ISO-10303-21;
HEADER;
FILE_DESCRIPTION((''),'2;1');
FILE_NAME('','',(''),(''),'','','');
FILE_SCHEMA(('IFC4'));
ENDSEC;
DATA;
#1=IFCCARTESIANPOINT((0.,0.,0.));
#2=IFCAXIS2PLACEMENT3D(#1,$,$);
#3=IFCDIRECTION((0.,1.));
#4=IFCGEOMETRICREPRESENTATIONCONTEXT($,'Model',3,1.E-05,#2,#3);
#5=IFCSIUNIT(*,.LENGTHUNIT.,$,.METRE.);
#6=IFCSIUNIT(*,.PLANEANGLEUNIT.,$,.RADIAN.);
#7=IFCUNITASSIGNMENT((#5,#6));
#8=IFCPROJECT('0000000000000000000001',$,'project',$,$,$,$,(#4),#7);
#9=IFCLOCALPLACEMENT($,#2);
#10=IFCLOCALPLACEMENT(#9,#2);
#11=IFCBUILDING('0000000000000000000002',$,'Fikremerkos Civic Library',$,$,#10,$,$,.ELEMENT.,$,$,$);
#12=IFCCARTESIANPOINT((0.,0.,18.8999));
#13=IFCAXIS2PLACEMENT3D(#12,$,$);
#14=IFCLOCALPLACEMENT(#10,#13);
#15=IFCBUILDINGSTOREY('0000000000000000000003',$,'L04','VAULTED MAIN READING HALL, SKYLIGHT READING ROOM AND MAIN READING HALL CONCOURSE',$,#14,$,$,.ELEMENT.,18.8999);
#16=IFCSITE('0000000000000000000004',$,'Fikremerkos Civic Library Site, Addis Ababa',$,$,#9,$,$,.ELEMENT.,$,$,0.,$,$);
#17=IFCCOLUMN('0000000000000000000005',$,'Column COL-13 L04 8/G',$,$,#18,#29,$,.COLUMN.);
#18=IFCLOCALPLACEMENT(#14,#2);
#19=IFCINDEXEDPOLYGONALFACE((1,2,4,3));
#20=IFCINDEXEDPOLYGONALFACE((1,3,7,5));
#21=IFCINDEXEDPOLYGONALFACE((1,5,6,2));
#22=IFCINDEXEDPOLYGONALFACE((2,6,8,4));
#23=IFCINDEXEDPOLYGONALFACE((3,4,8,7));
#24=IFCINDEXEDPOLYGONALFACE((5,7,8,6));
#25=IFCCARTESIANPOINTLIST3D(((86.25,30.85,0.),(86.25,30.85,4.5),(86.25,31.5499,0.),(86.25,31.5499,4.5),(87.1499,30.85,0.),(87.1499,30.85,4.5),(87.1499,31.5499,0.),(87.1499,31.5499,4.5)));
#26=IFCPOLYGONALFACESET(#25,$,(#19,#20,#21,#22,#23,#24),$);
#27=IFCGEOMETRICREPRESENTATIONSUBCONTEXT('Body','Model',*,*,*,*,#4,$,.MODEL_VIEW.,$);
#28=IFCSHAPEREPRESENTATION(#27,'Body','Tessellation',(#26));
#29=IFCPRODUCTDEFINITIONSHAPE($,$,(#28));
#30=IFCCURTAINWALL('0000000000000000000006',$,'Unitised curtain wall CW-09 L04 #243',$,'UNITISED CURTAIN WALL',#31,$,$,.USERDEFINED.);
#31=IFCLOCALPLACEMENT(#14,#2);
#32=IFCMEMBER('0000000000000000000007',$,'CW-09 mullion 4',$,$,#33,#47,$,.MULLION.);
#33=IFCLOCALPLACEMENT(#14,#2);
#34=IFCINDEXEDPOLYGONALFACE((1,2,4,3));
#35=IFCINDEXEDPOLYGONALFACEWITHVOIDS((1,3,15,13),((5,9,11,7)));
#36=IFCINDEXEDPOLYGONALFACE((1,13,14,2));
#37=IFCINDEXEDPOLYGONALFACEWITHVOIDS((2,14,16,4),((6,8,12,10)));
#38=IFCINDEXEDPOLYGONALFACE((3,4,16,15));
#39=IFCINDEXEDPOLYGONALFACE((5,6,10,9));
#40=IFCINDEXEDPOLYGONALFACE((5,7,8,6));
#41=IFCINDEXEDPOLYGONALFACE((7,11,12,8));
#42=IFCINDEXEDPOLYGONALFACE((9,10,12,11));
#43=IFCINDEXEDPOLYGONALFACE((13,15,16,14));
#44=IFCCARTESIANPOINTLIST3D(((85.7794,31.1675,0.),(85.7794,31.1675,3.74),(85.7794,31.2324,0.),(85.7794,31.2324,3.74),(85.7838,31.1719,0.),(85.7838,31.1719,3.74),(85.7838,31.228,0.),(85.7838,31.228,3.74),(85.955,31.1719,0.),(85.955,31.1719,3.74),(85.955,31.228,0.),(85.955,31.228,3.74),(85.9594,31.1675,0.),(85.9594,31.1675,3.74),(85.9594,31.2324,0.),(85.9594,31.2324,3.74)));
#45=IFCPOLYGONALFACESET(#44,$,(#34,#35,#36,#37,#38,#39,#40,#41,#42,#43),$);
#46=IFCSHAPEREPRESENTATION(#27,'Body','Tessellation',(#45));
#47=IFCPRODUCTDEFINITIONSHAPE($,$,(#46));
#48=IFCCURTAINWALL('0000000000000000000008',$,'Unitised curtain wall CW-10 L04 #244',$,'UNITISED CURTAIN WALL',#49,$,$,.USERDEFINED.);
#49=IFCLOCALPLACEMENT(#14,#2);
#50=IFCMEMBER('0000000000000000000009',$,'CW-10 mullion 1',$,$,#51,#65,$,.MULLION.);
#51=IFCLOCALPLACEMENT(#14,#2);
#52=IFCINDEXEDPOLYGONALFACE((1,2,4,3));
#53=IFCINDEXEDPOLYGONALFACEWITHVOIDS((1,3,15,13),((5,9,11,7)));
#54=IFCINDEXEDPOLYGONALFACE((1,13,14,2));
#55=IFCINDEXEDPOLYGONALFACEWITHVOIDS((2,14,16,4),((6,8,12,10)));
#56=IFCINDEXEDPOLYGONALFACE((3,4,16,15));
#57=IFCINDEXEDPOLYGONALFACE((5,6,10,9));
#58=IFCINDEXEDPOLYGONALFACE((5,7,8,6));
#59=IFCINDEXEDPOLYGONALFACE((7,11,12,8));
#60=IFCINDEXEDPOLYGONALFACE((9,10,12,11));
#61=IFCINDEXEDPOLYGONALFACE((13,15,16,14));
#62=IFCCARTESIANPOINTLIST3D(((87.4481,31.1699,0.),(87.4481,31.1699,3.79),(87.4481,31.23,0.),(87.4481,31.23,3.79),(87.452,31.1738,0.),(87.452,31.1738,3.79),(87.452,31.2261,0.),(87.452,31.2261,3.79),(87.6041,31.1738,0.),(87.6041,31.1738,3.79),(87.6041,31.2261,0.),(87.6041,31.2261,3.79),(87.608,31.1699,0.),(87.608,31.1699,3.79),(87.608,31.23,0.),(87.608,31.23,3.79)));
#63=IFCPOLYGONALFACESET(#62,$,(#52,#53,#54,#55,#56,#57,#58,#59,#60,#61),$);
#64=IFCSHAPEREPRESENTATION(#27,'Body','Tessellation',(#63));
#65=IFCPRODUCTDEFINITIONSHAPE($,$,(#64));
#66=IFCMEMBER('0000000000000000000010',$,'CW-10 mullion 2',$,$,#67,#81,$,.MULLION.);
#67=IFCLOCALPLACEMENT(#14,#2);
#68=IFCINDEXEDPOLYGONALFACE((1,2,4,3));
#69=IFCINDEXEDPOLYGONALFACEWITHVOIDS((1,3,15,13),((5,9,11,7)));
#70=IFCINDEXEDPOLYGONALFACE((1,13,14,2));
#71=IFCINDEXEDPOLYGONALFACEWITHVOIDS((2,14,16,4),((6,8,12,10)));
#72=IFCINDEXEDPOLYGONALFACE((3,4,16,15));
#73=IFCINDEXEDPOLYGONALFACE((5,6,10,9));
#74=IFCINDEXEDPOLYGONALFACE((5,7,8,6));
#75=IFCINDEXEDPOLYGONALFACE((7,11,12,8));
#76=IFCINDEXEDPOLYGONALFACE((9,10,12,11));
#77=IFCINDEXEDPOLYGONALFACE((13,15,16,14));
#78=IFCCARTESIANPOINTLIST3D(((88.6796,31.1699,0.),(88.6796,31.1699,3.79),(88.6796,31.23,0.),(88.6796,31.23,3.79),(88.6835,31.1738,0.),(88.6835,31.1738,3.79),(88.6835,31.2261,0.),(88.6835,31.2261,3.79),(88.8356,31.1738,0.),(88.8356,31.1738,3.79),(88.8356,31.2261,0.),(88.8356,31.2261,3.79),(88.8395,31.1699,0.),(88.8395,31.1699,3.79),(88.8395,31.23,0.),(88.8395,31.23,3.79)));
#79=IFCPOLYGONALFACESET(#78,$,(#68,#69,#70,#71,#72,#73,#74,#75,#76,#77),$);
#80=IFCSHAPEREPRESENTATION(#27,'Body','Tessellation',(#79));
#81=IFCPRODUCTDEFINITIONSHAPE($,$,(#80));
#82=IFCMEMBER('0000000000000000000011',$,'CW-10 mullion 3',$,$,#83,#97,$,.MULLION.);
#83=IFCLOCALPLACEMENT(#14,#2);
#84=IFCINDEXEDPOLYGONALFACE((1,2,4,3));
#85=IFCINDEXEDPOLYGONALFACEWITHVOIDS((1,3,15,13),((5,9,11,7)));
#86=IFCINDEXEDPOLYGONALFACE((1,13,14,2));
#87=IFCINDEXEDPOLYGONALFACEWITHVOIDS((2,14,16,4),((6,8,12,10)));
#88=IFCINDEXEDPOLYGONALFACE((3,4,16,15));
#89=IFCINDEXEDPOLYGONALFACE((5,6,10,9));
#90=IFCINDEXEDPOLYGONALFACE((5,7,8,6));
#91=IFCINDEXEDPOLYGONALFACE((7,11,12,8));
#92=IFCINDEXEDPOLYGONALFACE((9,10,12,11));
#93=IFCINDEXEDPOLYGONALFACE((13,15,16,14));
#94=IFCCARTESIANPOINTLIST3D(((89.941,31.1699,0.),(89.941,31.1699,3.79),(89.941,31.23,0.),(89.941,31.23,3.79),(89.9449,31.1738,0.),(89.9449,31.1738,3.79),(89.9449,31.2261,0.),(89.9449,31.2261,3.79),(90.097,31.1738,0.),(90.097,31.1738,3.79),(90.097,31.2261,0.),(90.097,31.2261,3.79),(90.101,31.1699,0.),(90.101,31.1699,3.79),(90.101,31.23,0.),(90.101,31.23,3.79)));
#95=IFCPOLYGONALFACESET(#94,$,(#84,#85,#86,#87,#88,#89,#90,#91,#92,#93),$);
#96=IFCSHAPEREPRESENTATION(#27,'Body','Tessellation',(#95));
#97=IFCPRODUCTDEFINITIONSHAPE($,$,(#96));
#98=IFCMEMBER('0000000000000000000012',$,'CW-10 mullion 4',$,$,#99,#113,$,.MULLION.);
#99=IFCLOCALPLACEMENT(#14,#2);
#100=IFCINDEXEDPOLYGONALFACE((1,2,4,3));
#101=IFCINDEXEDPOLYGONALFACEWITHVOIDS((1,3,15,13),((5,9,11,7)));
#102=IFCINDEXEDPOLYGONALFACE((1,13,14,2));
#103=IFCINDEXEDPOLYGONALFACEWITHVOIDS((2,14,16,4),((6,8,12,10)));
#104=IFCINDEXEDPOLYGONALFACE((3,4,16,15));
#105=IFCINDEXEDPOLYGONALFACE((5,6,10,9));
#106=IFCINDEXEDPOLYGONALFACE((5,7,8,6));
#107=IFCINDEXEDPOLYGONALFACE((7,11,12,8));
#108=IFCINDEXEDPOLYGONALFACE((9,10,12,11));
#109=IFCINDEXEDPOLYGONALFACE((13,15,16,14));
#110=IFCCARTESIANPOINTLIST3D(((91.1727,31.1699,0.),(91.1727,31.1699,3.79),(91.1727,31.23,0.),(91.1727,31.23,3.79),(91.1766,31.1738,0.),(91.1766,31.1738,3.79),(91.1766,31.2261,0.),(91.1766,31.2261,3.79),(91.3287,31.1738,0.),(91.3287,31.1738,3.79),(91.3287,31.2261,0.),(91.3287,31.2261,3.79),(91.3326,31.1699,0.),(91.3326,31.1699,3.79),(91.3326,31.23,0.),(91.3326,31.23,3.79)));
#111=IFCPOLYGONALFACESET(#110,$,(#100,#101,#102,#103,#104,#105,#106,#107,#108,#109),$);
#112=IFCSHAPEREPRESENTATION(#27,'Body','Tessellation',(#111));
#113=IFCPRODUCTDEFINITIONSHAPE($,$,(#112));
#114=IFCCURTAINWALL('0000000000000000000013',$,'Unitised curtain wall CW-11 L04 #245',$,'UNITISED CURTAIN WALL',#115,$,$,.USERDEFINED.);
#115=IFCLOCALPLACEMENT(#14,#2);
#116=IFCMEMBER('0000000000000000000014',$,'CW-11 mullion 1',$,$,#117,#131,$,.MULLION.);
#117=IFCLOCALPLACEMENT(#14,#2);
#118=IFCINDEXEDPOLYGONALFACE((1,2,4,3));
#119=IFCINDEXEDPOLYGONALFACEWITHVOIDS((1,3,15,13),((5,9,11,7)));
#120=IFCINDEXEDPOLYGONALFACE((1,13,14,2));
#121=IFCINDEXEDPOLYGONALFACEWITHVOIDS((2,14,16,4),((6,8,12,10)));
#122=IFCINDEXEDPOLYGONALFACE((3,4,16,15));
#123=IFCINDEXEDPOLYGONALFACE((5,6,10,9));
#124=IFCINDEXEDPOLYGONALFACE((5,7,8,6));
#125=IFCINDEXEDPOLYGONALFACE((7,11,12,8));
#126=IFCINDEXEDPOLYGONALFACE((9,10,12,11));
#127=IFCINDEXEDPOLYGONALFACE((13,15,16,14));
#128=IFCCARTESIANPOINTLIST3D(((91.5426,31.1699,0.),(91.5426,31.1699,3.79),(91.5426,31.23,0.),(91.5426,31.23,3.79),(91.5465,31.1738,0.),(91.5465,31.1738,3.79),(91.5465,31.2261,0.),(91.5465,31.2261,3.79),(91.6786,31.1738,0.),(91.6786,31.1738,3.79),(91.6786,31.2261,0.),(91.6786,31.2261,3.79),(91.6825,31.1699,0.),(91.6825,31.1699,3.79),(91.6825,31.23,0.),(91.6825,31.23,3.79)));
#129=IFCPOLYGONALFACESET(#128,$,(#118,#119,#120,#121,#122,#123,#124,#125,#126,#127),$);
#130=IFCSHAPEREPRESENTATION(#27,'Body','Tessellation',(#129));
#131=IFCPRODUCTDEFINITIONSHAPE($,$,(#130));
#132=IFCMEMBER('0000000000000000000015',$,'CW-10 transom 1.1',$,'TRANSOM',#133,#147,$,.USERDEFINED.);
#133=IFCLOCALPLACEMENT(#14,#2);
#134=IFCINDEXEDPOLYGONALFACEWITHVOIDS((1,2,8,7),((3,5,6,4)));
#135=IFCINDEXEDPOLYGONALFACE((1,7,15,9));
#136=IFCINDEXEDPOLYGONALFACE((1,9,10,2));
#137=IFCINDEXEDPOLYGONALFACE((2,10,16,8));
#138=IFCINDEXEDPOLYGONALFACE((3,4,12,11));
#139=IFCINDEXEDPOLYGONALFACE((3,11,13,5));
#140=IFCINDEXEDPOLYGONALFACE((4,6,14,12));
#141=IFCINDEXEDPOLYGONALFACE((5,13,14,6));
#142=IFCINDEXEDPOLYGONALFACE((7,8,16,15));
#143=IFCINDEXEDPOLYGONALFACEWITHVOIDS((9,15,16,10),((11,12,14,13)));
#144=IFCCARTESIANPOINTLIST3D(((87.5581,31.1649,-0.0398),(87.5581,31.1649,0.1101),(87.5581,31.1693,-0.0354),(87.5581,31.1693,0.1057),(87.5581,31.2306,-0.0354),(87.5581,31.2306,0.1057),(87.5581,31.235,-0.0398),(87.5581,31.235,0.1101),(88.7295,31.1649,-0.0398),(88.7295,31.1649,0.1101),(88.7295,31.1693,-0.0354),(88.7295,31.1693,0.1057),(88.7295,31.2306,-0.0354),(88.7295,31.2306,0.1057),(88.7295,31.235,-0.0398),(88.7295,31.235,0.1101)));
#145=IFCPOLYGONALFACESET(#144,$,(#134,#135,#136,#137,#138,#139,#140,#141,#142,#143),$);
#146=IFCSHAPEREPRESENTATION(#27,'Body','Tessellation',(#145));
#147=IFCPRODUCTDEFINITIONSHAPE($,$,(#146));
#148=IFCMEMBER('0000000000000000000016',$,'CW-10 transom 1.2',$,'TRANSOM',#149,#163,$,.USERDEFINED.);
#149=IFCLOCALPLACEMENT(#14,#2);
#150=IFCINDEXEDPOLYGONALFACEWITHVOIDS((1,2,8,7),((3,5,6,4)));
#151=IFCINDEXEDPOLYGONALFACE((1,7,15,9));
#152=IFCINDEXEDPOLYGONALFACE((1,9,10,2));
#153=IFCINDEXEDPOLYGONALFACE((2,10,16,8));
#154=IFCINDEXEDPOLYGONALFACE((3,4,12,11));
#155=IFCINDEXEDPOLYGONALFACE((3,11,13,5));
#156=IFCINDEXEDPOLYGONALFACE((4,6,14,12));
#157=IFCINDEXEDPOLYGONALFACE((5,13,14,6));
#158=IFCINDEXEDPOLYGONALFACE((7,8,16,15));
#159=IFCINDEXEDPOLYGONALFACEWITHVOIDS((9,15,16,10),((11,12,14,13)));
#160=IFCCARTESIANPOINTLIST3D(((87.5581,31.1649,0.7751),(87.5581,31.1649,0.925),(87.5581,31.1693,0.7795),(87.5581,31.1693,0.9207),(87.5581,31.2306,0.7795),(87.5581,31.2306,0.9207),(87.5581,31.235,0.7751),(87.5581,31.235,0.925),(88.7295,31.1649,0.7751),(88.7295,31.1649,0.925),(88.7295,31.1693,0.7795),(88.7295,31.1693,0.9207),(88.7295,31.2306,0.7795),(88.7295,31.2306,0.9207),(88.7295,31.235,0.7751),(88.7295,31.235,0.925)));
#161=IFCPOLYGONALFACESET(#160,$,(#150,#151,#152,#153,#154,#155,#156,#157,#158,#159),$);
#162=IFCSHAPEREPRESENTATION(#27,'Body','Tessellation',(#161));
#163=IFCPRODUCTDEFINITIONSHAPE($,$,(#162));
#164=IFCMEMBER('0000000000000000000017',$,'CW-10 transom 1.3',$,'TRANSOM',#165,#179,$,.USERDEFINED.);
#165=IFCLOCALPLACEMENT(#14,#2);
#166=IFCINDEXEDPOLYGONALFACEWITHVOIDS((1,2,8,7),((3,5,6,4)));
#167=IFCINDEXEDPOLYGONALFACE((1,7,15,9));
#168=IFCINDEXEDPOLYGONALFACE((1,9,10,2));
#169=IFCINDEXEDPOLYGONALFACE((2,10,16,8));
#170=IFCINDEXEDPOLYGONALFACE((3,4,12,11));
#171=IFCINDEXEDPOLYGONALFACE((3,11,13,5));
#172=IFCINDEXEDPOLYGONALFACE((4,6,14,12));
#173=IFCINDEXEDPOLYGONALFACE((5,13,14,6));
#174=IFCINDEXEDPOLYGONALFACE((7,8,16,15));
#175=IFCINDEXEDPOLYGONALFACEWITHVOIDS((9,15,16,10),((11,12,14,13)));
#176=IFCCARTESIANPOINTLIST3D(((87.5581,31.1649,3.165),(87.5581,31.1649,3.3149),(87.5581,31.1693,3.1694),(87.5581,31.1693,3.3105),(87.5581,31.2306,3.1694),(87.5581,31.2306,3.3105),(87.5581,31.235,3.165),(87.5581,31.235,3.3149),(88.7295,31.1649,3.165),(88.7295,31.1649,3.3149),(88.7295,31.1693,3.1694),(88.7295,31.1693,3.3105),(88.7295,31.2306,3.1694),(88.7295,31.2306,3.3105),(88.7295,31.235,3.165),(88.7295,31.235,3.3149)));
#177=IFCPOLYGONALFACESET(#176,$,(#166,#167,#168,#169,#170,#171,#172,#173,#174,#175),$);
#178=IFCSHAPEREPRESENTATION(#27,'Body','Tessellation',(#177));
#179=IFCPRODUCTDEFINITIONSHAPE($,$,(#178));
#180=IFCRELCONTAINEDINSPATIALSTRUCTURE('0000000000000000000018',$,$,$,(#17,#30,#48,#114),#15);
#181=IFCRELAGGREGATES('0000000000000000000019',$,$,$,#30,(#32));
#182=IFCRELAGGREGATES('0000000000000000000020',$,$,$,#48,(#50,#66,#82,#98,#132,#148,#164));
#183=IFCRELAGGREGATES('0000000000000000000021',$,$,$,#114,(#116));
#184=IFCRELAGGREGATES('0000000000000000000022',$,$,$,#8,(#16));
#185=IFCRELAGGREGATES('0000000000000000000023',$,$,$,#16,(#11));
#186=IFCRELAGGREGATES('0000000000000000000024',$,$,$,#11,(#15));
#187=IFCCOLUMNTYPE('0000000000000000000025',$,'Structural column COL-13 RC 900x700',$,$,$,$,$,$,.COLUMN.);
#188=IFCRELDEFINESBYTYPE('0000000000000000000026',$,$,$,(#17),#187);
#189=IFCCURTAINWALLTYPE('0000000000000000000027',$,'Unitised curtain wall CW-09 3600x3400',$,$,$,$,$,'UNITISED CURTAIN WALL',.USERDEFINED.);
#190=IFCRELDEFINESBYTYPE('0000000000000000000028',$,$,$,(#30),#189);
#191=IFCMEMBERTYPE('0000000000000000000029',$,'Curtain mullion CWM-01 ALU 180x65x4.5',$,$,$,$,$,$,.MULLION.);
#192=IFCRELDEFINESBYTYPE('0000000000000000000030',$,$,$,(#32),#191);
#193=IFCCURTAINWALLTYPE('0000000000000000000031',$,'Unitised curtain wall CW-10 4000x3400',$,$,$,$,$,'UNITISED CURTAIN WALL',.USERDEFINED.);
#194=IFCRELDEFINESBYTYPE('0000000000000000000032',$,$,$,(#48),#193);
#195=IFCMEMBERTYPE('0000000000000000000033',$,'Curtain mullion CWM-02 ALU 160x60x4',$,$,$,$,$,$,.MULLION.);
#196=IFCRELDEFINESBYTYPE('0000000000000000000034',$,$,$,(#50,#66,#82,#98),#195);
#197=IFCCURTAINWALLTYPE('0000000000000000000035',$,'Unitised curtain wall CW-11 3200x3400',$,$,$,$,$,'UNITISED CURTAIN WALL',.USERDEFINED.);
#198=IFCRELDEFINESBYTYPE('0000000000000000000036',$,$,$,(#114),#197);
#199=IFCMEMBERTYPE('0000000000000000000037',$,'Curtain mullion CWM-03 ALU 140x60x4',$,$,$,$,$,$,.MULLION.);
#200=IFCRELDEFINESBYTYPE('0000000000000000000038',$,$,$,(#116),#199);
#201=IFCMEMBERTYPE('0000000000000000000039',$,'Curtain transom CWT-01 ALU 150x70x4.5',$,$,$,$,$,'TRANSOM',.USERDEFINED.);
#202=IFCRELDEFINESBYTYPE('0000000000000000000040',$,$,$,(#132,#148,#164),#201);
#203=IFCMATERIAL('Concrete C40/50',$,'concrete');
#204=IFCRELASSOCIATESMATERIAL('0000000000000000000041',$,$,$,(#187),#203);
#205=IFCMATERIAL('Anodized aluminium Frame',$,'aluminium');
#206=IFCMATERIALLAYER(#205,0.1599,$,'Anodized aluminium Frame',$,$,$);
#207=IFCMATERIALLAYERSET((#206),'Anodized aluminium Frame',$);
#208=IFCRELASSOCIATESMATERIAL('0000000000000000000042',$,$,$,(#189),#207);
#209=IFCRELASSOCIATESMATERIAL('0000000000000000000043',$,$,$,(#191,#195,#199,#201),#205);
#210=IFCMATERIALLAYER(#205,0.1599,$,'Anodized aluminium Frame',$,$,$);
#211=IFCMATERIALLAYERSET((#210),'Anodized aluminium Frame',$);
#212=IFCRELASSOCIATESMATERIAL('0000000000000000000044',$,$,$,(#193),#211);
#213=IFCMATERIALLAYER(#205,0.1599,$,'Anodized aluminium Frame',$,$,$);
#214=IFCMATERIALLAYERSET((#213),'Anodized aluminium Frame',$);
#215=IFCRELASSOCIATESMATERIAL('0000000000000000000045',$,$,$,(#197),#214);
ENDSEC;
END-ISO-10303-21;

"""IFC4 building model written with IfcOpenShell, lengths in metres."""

from ifc_helpers import new_model, si_unit, direction, frame, origin, origin_2d, place, context, subcontext, project, spatial, rectangle, hollow_rectangle, extrude, material, layer, layer_set, material_profile, profile_set, type_object, element, aggregate, save


model = new_model("IFC4")

# Units and contexts
model_context = context("Model", 3, precision=1e-05, world=origin(), true_north=direction((0.0, 1.0)))
body_context = subcontext(model_context, "Body", "Model", "MODEL_VIEW")
ifc_project = project(units=[si_unit("LENGTHUNIT", "METRE"), si_unit("PLANEANGLEUNIT", "RADIAN")], contexts=[model_context])

# Site, building, storey
site_placement = place(None, origin())
site = spatial("IfcSite", under=ifc_project, at=site_placement, Name="Fikremerkos Civic Library Site, Addis Ababa", CompositionType="ELEMENT", RefElevation=0.0)
building_placement = place(site_placement, origin())
building = spatial("IfcBuilding", under=site, at=building_placement, Name="Fikremerkos Civic Library", CompositionType="ELEMENT")
storey_placement = place(building_placement, frame((0.0, 0.0, 18.8999)))
storey = spatial("IfcBuildingStorey", under=building, at=storey_placement, Name="L04", Description="VAULTED MAIN READING HALL, SKYLIGHT READING ROOM AND MAIN READING HALL CONCOURSE", CompositionType="ELEMENT", Elevation=18.8999)

# Column
ifc_material_1 = material(Name="Concrete C40/50", Category="concrete")
ifc_material_profile_1 = material_profile(ifc_material_1, rectangle(XDim=0.8999, YDim=0.7, at=origin_2d()), Name="RC 900x700")
ifc_profile_set_1 = profile_set([ifc_material_profile_1], Name="Concrete C40/50")
column_type = type_object("IfcColumnType", Name="Structural column COL-13 RC 900x700", PredefinedType="COLUMN", material=ifc_profile_set_1)
column_placement = place(storey_placement, frame((86.7, 31.2, 0.0), z_axis=(0.0, 0.0, 1.0), x_axis=(1.0, 0.0, 0.0)))
element("IfcColumn", 1, at=column_placement, inside=storey, type_object=column_type, Name="Column COL-13 L04 8/G", PredefinedType="COLUMN", context=body_context, shape_type="SweptSolid", body=[
    extrude(rectangle(XDim=0.8999, YDim=0.7, at=origin_2d()), origin(), (0.0, 0.0, 1.0), 4.5),
])

# Curtain wall, member
ifc_material_2 = material(Name="Anodized aluminium Frame", Category="aluminium")
ifc_layer_1 = layer(ifc_material_2, 0.1599, Name="Anodized aluminium Frame")
ifc_layer_set_1 = layer_set([ifc_layer_1], Name="Anodized aluminium Frame")
curtain_wall_type_1 = type_object("IfcCurtainWallType", Name="Unitised curtain wall CW-09 3600x3400", ElementType="UNITISED CURTAIN WALL", PredefinedType="USERDEFINED", material=ifc_layer_set_1)
curtain_wall_1_placement = place(storey_placement, origin())
curtain_wall_1 = element("IfcCurtainWall", 2, at=curtain_wall_1_placement, inside=storey, type_object=curtain_wall_type_1, Name="Unitised curtain wall CW-09 L04 #243", ObjectType="UNITISED CURTAIN WALL", PredefinedType="USERDEFINED")
ifc_material_profile_2 = material_profile(ifc_material_2, hollow_rectangle(XDim=0.0649, YDim=0.1799, WallThickness=0.0044, at=origin_2d()), Name="ALU 180x65x4.5")
ifc_profile_set_2 = profile_set([ifc_material_profile_2], Name="Anodized aluminium Frame")
member_type_1 = type_object("IfcMemberType", Name="Curtain mullion CWM-01 ALU 180x65x4.5", PredefinedType="MULLION", material=ifc_profile_set_2)
member_1_placement = place(storey_placement, frame((85.8694, 31.2, 0.0), z_axis=(0.0, 0.0, 1.0), x_axis=(0.0, 1.0, 0.0)))
member_1 = element("IfcMember", 3, at=member_1_placement, type_object=member_type_1, Name="CW-09 mullion 4", PredefinedType="MULLION", context=body_context, shape_type="SweptSolid", body=[
    extrude(hollow_rectangle(XDim=0.0649, YDim=0.1799, WallThickness=0.0044, at=origin_2d()), origin(), (0.0, 0.0, 1.0), 3.74),
])
aggregate(curtain_wall_1, [member_1])

# Curtain wall, members
ifc_layer_2 = layer(ifc_material_2, 0.1599, Name="Anodized aluminium Frame")
ifc_layer_set_2 = layer_set([ifc_layer_2], Name="Anodized aluminium Frame")
curtain_wall_type_2 = type_object("IfcCurtainWallType", Name="Unitised curtain wall CW-10 4000x3400", ElementType="UNITISED CURTAIN WALL", PredefinedType="USERDEFINED", material=ifc_layer_set_2)
curtain_wall_2_placement = place(storey_placement, origin())
curtain_wall_2 = element("IfcCurtainWall", 4, at=curtain_wall_2_placement, inside=storey, type_object=curtain_wall_type_2, Name="Unitised curtain wall CW-10 L04 #244", ObjectType="UNITISED CURTAIN WALL", PredefinedType="USERDEFINED")
ifc_material_profile_3 = material_profile(ifc_material_2, hollow_rectangle(XDim=0.0601, YDim=0.1599, WallThickness=0.0039, at=origin_2d()), Name="ALU 160x60x4")
ifc_profile_set_3 = profile_set([ifc_material_profile_3], Name="Anodized aluminium Frame")
member_type_2 = type_object("IfcMemberType", Name="Curtain mullion CWM-02 ALU 160x60x4", PredefinedType="MULLION", material=ifc_profile_set_3)
member_2_placement = place(storey_placement, frame((87.5281, 31.2, 0.0), z_axis=(0.0, 0.0, 1.0), x_axis=(0.0, 1.0, 0.0)))
member_2 = element("IfcMember", 5, at=member_2_placement, type_object=member_type_2, Name="CW-10 mullion 1", PredefinedType="MULLION", context=body_context, shape_type="SweptSolid", body=[
    extrude(hollow_rectangle(XDim=0.0601, YDim=0.1599, WallThickness=0.0039, at=origin_2d()), origin(), (0.0, 0.0, 1.0), 3.79),
])
member_3_placement = place(storey_placement, frame((88.7595, 31.2, 0.0), z_axis=(0.0, 0.0, 1.0), x_axis=(0.0, 1.0, 0.0)))
member_3 = element("IfcMember", 6, at=member_3_placement, type_object=member_type_2, Name="CW-10 mullion 2", PredefinedType="MULLION", context=body_context, shape_type="SweptSolid", body=[
    extrude(hollow_rectangle(XDim=0.0601, YDim=0.1599, WallThickness=0.0039, at=origin_2d()), origin(), (0.0, 0.0, 1.0), 3.79),
])
member_4_placement = place(storey_placement, frame((90.021, 31.2, 0.0), z_axis=(0.0, 0.0, 1.0), x_axis=(0.0, 1.0, 0.0)))
member_4 = element("IfcMember", 7, at=member_4_placement, type_object=member_type_2, Name="CW-10 mullion 3", PredefinedType="MULLION", context=body_context, shape_type="SweptSolid", body=[
    extrude(hollow_rectangle(XDim=0.0601, YDim=0.1599, WallThickness=0.0039, at=origin_2d()), origin(), (0.0, 0.0, 1.0), 3.79),
])
member_5_placement = place(storey_placement, frame((91.2527, 31.2, 0.0), z_axis=(0.0, 0.0, 1.0), x_axis=(0.0, 1.0, 0.0)))
member_5 = element("IfcMember", 8, at=member_5_placement, type_object=member_type_2, Name="CW-10 mullion 4", PredefinedType="MULLION", context=body_context, shape_type="SweptSolid", body=[
    extrude(hollow_rectangle(XDim=0.0601, YDim=0.1599, WallThickness=0.0039, at=origin_2d()), origin(), (0.0, 0.0, 1.0), 3.79),
])

# Curtain wall, member
ifc_layer_3 = layer(ifc_material_2, 0.1599, Name="Anodized aluminium Frame")
ifc_layer_set_3 = layer_set([ifc_layer_3], Name="Anodized aluminium Frame")
curtain_wall_type_3 = type_object("IfcCurtainWallType", Name="Unitised curtain wall CW-11 3200x3400", ElementType="UNITISED CURTAIN WALL", PredefinedType="USERDEFINED", material=ifc_layer_set_3)
curtain_wall_3_placement = place(storey_placement, origin())
curtain_wall_3 = element("IfcCurtainWall", 9, at=curtain_wall_3_placement, inside=storey, type_object=curtain_wall_type_3, Name="Unitised curtain wall CW-11 L04 #245", ObjectType="UNITISED CURTAIN WALL", PredefinedType="USERDEFINED")
ifc_material_profile_4 = material_profile(ifc_material_2, hollow_rectangle(XDim=0.0601, YDim=0.1399, WallThickness=0.0039, at=origin_2d()), Name="ALU 140x60x4")
ifc_profile_set_4 = profile_set([ifc_material_profile_4], Name="Anodized aluminium Frame")
member_type_3 = type_object("IfcMemberType", Name="Curtain mullion CWM-03 ALU 140x60x4", PredefinedType="MULLION", material=ifc_profile_set_4)
member_6_placement = place(storey_placement, frame((91.6125, 31.2, 0.0), z_axis=(0.0, 0.0, 1.0), x_axis=(0.0, 1.0, 0.0)))
member_6 = element("IfcMember", 10, at=member_6_placement, type_object=member_type_3, Name="CW-11 mullion 1", PredefinedType="MULLION", context=body_context, shape_type="SweptSolid", body=[
    extrude(hollow_rectangle(XDim=0.0601, YDim=0.1399, WallThickness=0.0039, at=origin_2d()), origin(), (0.0, 0.0, 1.0), 3.79),
])

# Members
ifc_material_profile_5 = material_profile(ifc_material_2, hollow_rectangle(XDim=0.0701, YDim=0.1499, WallThickness=0.0044, at=origin_2d()), Name="ALU 150x70x4.5")
ifc_profile_set_5 = profile_set([ifc_material_profile_5], Name="Anodized aluminium Frame")
member_type_4 = type_object("IfcMemberType", Name="Curtain transom CWT-01 ALU 150x70x4.5", ElementType="TRANSOM", PredefinedType="USERDEFINED", material=ifc_profile_set_5)
member_7_placement = place(storey_placement, frame((87.5581, 31.2, 0.0352), z_axis=(1.0, 0.0, 0.0), x_axis=(0.0, 1.0, 0.0)))
member_7 = element("IfcMember", 11, at=member_7_placement, type_object=member_type_4, Name="CW-10 transom 1.1", ObjectType="TRANSOM", PredefinedType="USERDEFINED", context=body_context, shape_type="SweptSolid", body=[
    extrude(hollow_rectangle(XDim=0.0701, YDim=0.1499, WallThickness=0.0044, at=origin_2d()), origin(), (0.0, 0.0, 1.0), 1.1714),
])
member_8_placement = place(storey_placement, frame((87.5581, 31.2, 0.8501), z_axis=(1.0, 0.0, 0.0), x_axis=(0.0, 1.0, 0.0)))
member_8 = element("IfcMember", 12, at=member_8_placement, type_object=member_type_4, Name="CW-10 transom 1.2", ObjectType="TRANSOM", PredefinedType="USERDEFINED", context=body_context, shape_type="SweptSolid", body=[
    extrude(hollow_rectangle(XDim=0.0701, YDim=0.1499, WallThickness=0.0044, at=origin_2d()), origin(), (0.0, 0.0, 1.0), 1.1714),
])
member_9_placement = place(storey_placement, frame((87.5581, 31.2, 3.24), z_axis=(1.0, 0.0, 0.0), x_axis=(0.0, 1.0, 0.0)))
member_9 = element("IfcMember", 13, at=member_9_placement, type_object=member_type_4, Name="CW-10 transom 1.3", ObjectType="TRANSOM", PredefinedType="USERDEFINED", context=body_context, shape_type="SweptSolid", body=[
    extrude(hollow_rectangle(XDim=0.0701, YDim=0.1499, WallThickness=0.0044, at=origin_2d()), origin(), (0.0, 0.0, 1.0), 1.1714),
])

aggregate(curtain_wall_2, [member_2, member_3, member_4, member_5, member_7, member_8, member_9])
aggregate(curtain_wall_3, [member_6])

save(model, "model.ifc")
